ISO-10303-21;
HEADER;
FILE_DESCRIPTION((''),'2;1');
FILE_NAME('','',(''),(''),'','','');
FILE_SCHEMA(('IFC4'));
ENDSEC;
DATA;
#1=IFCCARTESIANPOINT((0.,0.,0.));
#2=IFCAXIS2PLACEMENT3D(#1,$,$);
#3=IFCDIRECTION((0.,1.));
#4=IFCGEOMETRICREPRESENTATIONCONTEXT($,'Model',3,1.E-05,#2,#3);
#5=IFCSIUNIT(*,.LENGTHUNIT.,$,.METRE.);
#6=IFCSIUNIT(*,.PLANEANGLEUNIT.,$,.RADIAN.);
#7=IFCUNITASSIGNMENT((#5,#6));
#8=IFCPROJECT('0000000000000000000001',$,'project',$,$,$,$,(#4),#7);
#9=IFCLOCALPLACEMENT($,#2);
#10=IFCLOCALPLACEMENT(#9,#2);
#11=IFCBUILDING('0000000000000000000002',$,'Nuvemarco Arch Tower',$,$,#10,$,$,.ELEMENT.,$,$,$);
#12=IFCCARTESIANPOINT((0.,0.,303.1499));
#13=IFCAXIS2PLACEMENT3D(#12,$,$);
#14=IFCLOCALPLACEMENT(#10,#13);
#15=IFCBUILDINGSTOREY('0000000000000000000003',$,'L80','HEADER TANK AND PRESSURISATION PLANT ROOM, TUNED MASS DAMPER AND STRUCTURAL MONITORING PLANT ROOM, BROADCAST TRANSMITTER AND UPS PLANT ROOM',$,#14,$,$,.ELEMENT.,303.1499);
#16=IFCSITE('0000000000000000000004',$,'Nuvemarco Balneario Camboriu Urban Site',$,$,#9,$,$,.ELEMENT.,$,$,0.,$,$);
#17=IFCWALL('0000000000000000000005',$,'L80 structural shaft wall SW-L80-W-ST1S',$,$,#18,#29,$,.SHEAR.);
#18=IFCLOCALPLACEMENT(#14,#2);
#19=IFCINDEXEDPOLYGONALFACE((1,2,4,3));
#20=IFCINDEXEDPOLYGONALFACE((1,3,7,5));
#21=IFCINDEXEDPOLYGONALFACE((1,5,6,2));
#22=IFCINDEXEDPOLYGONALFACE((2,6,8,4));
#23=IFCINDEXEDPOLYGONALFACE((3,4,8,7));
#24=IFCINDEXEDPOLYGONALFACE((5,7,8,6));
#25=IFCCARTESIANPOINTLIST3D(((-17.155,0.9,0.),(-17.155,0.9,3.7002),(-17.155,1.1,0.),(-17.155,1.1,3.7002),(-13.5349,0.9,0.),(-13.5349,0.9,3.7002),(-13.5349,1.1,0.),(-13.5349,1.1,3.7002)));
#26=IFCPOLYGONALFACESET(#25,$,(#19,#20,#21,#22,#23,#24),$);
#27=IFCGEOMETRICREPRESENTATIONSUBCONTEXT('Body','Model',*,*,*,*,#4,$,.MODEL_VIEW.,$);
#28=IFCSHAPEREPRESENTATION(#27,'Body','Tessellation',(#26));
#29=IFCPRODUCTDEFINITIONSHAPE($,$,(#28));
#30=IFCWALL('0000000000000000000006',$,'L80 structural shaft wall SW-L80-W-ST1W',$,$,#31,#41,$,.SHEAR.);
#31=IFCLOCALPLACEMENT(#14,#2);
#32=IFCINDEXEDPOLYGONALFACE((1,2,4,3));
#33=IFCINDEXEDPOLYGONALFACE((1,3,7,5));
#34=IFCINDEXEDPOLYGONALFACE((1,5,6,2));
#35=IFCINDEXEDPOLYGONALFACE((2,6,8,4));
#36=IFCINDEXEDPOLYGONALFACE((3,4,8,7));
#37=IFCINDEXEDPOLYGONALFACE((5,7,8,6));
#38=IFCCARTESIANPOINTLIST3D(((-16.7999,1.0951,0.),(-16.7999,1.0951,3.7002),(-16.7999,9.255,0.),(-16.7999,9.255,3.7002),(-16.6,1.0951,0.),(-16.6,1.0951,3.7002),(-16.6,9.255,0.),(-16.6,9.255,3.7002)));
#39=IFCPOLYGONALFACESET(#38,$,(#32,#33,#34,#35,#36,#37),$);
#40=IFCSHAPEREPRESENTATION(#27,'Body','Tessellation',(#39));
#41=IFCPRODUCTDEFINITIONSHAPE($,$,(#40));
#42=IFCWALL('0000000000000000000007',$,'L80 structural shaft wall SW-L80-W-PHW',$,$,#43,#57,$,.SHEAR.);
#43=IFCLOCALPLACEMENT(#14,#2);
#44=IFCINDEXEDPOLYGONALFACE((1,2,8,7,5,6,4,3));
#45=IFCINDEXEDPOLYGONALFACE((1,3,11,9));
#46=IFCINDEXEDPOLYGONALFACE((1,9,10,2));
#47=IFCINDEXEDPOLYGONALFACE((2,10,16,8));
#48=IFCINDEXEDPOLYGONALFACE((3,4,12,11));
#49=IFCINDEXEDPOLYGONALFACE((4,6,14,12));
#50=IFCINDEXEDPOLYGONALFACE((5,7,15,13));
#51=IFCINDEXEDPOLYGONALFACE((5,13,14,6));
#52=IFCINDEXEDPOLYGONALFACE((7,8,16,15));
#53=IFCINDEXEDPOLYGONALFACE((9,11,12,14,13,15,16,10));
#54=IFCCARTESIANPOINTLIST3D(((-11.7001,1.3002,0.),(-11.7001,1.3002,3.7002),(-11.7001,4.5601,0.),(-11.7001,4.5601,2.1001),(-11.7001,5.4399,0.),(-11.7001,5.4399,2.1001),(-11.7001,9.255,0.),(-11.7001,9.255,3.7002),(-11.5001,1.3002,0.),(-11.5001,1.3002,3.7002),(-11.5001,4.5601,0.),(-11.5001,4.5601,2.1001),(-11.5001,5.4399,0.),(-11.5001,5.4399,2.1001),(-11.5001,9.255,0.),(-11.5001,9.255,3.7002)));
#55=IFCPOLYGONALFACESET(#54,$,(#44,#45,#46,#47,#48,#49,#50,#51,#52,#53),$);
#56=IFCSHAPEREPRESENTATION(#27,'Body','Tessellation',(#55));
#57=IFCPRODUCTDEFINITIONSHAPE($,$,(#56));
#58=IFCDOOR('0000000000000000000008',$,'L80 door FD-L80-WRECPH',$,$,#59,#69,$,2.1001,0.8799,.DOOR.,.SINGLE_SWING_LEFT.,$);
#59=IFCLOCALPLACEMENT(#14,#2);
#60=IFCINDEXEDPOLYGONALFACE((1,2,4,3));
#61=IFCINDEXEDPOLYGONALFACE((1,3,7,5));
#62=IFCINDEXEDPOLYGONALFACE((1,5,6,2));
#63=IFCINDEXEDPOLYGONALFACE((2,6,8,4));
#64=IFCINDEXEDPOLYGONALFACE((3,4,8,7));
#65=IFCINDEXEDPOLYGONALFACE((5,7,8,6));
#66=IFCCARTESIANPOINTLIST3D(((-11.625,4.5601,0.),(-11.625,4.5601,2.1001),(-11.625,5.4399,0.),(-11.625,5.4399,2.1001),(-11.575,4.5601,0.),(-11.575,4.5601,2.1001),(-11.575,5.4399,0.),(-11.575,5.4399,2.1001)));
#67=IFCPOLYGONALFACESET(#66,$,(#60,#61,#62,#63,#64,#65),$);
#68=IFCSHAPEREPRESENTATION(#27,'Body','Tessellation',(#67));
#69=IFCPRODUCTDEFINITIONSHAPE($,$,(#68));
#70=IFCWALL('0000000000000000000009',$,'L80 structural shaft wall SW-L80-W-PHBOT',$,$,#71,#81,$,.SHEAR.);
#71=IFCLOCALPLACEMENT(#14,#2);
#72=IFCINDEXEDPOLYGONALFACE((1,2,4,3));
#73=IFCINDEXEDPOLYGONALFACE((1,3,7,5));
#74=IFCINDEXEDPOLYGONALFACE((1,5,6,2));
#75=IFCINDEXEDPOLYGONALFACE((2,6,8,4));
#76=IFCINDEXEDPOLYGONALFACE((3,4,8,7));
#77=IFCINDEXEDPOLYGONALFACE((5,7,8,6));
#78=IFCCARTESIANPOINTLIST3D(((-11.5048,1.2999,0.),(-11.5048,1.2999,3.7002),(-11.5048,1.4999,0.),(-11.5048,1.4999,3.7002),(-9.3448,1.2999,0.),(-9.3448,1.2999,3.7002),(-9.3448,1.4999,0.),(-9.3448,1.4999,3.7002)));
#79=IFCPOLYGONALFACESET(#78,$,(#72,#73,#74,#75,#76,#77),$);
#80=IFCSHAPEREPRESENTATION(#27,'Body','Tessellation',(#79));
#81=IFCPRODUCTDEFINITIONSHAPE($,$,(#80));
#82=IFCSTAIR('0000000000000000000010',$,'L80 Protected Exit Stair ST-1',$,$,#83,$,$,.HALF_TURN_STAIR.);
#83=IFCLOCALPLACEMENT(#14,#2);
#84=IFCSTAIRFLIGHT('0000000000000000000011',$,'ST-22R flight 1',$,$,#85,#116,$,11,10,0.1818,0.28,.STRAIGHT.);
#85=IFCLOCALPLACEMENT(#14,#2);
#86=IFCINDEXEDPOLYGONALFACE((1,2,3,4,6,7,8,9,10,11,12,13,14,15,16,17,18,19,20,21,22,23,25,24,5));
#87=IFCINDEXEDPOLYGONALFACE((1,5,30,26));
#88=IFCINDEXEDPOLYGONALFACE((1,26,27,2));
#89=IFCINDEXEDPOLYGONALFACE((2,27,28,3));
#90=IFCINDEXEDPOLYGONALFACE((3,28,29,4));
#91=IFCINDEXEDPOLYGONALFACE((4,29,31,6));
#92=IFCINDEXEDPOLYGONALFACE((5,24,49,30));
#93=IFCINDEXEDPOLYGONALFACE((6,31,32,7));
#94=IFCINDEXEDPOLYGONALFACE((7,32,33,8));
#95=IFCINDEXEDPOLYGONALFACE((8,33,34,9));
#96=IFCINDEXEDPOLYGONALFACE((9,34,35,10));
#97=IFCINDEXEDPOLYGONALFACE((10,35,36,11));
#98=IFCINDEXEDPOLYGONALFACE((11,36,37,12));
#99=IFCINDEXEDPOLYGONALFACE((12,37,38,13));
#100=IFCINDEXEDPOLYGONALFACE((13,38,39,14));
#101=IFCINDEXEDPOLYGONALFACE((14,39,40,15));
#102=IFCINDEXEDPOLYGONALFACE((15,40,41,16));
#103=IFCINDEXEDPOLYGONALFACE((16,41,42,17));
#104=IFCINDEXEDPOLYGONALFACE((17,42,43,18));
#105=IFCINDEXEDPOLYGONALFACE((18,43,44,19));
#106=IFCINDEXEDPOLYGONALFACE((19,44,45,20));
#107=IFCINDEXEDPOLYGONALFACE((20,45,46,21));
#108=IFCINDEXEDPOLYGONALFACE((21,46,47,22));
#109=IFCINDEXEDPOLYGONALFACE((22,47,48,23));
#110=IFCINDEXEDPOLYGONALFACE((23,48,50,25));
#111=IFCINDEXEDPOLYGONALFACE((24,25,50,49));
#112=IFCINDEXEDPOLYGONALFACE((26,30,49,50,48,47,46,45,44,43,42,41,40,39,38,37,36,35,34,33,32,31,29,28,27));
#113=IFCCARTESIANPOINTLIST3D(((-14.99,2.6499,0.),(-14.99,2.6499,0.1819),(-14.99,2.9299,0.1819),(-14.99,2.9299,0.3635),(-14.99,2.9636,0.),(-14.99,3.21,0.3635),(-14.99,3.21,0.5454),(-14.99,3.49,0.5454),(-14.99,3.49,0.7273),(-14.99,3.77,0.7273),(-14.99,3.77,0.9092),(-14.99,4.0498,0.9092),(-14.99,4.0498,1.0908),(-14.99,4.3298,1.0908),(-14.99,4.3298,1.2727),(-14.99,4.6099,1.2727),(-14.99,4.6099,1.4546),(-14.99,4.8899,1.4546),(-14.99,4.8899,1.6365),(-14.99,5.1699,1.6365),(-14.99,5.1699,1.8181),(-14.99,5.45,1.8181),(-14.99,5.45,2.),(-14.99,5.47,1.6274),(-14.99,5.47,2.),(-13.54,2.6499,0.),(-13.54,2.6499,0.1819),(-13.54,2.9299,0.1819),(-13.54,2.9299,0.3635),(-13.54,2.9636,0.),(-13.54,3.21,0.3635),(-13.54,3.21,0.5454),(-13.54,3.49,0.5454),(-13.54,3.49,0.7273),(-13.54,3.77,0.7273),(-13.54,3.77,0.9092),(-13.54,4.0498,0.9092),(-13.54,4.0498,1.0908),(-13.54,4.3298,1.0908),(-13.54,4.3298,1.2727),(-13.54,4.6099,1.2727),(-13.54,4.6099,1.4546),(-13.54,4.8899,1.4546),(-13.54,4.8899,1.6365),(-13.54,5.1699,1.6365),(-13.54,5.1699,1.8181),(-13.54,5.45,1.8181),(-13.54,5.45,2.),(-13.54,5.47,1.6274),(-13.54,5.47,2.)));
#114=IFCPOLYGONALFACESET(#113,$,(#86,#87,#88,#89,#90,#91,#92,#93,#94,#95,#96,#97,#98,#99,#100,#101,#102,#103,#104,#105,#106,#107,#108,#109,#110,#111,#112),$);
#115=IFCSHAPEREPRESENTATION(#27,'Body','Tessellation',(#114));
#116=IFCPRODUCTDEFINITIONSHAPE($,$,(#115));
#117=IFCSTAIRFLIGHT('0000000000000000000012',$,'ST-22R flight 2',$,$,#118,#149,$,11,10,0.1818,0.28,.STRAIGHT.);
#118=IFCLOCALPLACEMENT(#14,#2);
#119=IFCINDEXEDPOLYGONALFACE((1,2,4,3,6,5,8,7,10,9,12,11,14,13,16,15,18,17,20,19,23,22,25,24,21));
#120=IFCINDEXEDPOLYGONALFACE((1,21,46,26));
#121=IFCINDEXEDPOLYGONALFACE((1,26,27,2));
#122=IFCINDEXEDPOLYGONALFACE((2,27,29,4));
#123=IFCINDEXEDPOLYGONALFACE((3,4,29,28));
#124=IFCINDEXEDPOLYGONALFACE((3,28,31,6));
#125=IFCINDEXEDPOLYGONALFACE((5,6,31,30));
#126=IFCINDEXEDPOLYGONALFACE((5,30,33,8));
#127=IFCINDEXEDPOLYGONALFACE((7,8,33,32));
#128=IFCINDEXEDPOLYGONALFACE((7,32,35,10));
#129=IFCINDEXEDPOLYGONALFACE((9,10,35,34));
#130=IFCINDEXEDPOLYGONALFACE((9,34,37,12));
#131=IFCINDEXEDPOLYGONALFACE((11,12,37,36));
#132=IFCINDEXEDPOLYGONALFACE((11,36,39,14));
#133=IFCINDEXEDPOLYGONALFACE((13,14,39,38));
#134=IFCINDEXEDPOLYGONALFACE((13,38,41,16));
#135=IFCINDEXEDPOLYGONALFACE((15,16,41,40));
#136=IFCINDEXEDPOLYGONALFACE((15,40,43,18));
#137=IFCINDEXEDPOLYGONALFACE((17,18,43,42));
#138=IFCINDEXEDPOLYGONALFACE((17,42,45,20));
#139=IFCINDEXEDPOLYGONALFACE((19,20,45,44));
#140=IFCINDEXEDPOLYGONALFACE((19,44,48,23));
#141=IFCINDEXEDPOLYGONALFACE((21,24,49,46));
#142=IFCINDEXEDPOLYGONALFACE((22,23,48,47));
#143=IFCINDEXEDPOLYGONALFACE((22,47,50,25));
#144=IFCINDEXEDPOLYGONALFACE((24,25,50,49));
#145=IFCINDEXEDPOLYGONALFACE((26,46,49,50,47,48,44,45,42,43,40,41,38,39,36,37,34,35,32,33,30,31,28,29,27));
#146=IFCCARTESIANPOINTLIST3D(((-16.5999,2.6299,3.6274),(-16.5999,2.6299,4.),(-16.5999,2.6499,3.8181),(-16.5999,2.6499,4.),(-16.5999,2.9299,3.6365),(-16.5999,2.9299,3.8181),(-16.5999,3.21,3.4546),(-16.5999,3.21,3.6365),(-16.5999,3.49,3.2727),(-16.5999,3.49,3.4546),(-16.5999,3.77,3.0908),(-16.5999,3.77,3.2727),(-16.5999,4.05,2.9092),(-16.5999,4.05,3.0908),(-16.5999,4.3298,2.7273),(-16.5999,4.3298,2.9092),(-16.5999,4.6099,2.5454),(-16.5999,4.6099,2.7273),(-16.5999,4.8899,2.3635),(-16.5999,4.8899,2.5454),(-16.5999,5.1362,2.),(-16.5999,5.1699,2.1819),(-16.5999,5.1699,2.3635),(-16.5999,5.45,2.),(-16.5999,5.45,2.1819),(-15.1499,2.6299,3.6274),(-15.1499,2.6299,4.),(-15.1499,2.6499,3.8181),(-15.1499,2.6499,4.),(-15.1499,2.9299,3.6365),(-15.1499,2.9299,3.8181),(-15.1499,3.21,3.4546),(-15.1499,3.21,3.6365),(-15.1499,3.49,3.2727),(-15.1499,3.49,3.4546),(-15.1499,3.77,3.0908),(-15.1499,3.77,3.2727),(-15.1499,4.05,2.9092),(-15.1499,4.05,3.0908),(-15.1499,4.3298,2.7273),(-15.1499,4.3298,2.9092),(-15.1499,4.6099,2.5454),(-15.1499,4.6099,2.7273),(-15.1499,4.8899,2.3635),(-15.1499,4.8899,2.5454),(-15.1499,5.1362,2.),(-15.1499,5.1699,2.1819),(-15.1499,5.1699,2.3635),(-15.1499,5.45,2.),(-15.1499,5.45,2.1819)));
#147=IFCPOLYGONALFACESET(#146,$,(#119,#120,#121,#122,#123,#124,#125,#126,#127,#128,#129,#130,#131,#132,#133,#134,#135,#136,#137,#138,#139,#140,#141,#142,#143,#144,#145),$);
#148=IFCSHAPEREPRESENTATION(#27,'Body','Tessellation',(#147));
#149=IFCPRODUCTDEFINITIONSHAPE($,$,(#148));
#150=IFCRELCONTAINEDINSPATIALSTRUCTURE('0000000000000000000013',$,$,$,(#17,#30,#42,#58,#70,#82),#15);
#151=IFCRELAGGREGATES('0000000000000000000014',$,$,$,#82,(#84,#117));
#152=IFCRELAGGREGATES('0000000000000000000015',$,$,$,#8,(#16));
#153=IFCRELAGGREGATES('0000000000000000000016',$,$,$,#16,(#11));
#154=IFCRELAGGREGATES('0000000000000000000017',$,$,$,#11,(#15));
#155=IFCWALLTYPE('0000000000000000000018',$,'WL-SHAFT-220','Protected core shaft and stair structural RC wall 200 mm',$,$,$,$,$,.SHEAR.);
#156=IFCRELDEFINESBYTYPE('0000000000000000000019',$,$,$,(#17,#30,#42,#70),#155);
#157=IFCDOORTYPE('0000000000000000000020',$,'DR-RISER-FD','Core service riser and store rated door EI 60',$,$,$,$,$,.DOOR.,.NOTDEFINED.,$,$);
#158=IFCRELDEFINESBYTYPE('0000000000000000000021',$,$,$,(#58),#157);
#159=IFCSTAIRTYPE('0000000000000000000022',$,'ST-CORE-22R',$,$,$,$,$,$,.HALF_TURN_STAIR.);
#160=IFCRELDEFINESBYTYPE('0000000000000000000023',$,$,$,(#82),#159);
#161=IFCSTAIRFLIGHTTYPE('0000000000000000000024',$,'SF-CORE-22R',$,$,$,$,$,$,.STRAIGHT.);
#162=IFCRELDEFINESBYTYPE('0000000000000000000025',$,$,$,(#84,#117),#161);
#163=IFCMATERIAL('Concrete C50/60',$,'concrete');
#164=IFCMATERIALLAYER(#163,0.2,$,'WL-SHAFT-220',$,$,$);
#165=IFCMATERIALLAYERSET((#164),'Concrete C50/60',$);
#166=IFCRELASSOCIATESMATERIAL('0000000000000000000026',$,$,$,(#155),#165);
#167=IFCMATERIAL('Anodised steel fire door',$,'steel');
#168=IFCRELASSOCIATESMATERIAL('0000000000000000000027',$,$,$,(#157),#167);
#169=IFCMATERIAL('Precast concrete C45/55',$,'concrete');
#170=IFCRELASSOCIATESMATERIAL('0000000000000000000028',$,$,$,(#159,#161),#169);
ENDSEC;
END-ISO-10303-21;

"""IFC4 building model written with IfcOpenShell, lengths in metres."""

from ifc_helpers import new_model, si_unit, direction, frame, frame_2d, origin, place, context, subcontext, project, spatial, polyline, rectangle, outline, extrude, source, transform, mapped, material, layer, layer_set, type_object, type_shapes, element, fill, aggregate, save


model = new_model("IFC4")

# Units and contexts
model_context = context("Model", 3, precision=1e-05, world=origin(), true_north=direction((0.0, 1.0)))
body_context = subcontext(model_context, "Body", "Model", "MODEL_VIEW")
ifc_project = project(units=[si_unit("LENGTHUNIT", "METRE"), si_unit("PLANEANGLEUNIT", "RADIAN")], contexts=[model_context])

# Site, building, storey
site_placement = place(None, origin())
site = spatial("IfcSite", under=ifc_project, at=site_placement, Name="Nuvemarco Balneario Camboriu Urban Site", CompositionType="ELEMENT", RefElevation=0.0)
building_placement = place(site_placement, origin())
building = spatial("IfcBuilding", under=site, at=building_placement, Name="Nuvemarco Arch Tower", CompositionType="ELEMENT")
storey_placement = place(building_placement, frame((0.0, 0.0, 303.1499)))
storey = spatial("IfcBuildingStorey", under=building, at=storey_placement, Name="L80", Description="HEADER TANK AND PRESSURISATION PLANT ROOM, TUNED MASS DAMPER AND STRUCTURAL MONITORING PLANT ROOM, BROADCAST TRANSMITTER AND UPS PLANT ROOM", CompositionType="ELEMENT", Elevation=303.1499)

# Shared definitions
ifc_material_1 = material(Name="Concrete C50/60", Category="concrete")

# Shared definitions
ifc_material_2 = material(Name="Precast concrete C45/55", Category="concrete")

# Shared definitions
ifc_layer_1 = layer(ifc_material_1, 0.2, Name="WL-SHAFT-220")
ifc_layer_set_1 = layer_set([ifc_layer_1], Name="Concrete C50/60")
wall_type_1 = type_object("IfcWallType", Name="WL-SHAFT-220", Description="Protected core shaft and stair structural RC wall 200 mm", PredefinedType="SHEAR", material=ifc_layer_set_1)
ifc_material_3 = material(Name="Anodised steel fire door", Category="steel")

# Walls
wall_1_placement = place(storey_placement, frame((-17.155, 1.0, 0.0), z_axis=(0.0, 0.0, 1.0), x_axis=(1.0, 0.0, 0.0)))
element("IfcWall", 1, at=wall_1_placement, inside=storey, type_object=wall_type_1, Name="L80 structural shaft wall SW-L80-W-ST1S", PredefinedType="SHEAR", context=body_context, shape_type="SweptSolid", body=[
    extrude(rectangle(XDim=3.6201, YDim=0.2, at=frame_2d((1.8101, 0.0))), origin(), (0.0, 0.0, 1.0), 3.7002),
])
wall_2_placement = place(storey_placement, frame((-16.7, 1.095, 0.0), z_axis=(0.0, 0.0, 1.0), x_axis=(0.0, 1.0, 0.0)))
element("IfcWall", 2, at=wall_2_placement, inside=storey, type_object=wall_type_1, Name="L80 structural shaft wall SW-L80-W-ST1W", PredefinedType="SHEAR", context=body_context, shape_type="SweptSolid", body=[
    extrude(rectangle(XDim=8.1599, YDim=0.2, at=frame_2d((4.0801, 0.0))), origin(), (0.0, 0.0, 1.0), 3.7002),
])

# Wall, opening, door
wall_3_placement = place(storey_placement, frame((-11.6001, 1.3, 0.0), z_axis=(0.0, 0.0, 1.0), x_axis=(0.0, 1.0, 0.0)))
wall_3 = element("IfcWall", 3, at=wall_3_placement, inside=storey, type_object=wall_type_1, Name="L80 structural shaft wall SW-L80-W-PHW", PredefinedType="SHEAR", context=body_context, shape_type="SweptSolid", body=[
    extrude(rectangle(XDim=7.9548, YDim=0.2, at=frame_2d((3.9775, 0.0))), origin(), (0.0, 0.0, 1.0), 3.7002),
])
opening_1_placement = place(wall_3_placement, frame((3.26, 0.0, 0.0)))
opening_1 = element("IfcOpeningElement", 4, at=opening_1_placement, cuts=wall_3, PredefinedType="OPENING", context=body_context, shape_type="SweptSolid", body=[
    extrude(rectangle(XDim=0.8799, YDim=2.1001, at=frame_2d((0.4399, 1.05))), frame((0.0, 0.1099, 0.0), z_axis=(0.0, -1.0, 0.0), x_axis=(1.0, 0.0, 0.0)), (0.0, 0.0, 1.0), 0.22),
])
door_type_1 = type_object("IfcDoorType", Name="DR-RISER-FD", Description="Core service riser and store rated door EI 60", OperationType="NOTDEFINED", PredefinedType="DOOR", material=ifc_material_3)
shared_shape_1 = source(origin(), body_context, "Body", "SweptSolid", [
    extrude(rectangle(XDim=0.8799, YDim=2.1001, at=frame_2d((0.4399, 1.05))), frame((0.0, 0.0249, 0.0), z_axis=(0.0, -1.0, 0.0), x_axis=(1.0, 0.0, 0.0)), (0.0, 0.0, 1.0), 0.05),
])
type_shapes(door_type_1, [shared_shape_1])
door_1_placement = place(opening_1_placement, origin())
door_1 = element("IfcDoor", 5, at=door_1_placement, inside=storey, type_object=door_type_1, Name="L80 door FD-L80-WRECPH", OperationType="SINGLE_SWING_LEFT", OverallHeight=2.1001, OverallWidth=0.8799, PredefinedType="DOOR", context=body_context, shape_type="MappedRepresentation", body=[
    mapped(shared_shape_1, transform((0.0, 0.0, 0.0), scale=1.0)),
])
fill(opening_1, door_1)

# Wall
wall_4_placement = place(storey_placement, frame((-11.5049, 1.3999, 0.0), z_axis=(0.0, 0.0, 1.0), x_axis=(1.0, 0.0, 0.0)))
element("IfcWall", 6, at=wall_4_placement, inside=storey, type_object=wall_type_1, Name="L80 structural shaft wall SW-L80-W-PHBOT", PredefinedType="SHEAR", context=body_context, shape_type="SweptSolid", body=[
    extrude(rectangle(XDim=2.1599, YDim=0.2, at=frame_2d((1.0801, 0.0))), origin(), (0.0, 0.0, 1.0), 3.7002),
])

# Stair, stair flights
stair_type = type_object("IfcStairType", Name="ST-CORE-22R", PredefinedType="HALF_TURN_STAIR", material=ifc_material_2)
stair_placement = place(storey_placement, origin())
stair = element("IfcStair", 7, at=stair_placement, inside=storey, type_object=stair_type, Name="L80 Protected Exit Stair ST-1", PredefinedType="HALF_TURN_STAIR")
stair_flight_type = type_object("IfcStairFlightType", Name="SF-CORE-22R", PredefinedType="STRAIGHT", material=ifc_material_2)
stair_flight_1_placement = place(storey_placement, frame((-14.2649, 2.6499, 0.0), z_axis=(0.0, 0.0, 1.0), x_axis=(0.0, 1.0, 0.0)))
stair_flight_1 = element("IfcStairFlight", 8, at=stair_flight_1_placement, type_object=stair_flight_type, Name="ST-22R flight 1", NumberOfRisers=11, NumberOfTreads=10, PredefinedType="STRAIGHT", RiserHeight=0.1818, TreadLength=0.28, context=body_context, shape_type="SweptSolid", body=[
    extrude(outline(polyline([(0.0, 0.0), (0.0, 0.1819), (0.28, 0.1819), (0.28, 0.3635), (0.5601, 0.3635), (0.5601, 0.5454), (0.8401, 0.5454), (0.8401, 0.7273), (1.1201, 0.7273), (1.1201, 0.9092), (1.3999, 0.9092), (1.3999, 1.0908), (1.6799, 1.0908), (1.6799, 1.2727), (1.96, 1.2727), (1.96, 1.4546), (2.24, 1.4546), (2.24, 1.6365), (2.52, 1.6365), (2.52, 1.8181), (2.8, 1.8181), (2.8, 2.0), (2.8201, 2.0), (2.8201, 1.6274), (0.3137, 0.0), (0.0, 0.0)])), frame((0.0, 0.7251, 0.0), z_axis=(0.0, -1.0, 0.0), x_axis=(1.0, 0.0, 0.0)), (0.0, 0.0, 1.0), 1.45),
])
stair_flight_2_placement = place(storey_placement, frame((-15.875, 5.45, 2.0), z_axis=(0.0, 0.0, 1.0), x_axis=(0.0, -1.0, 0.0)))
stair_flight_2 = element("IfcStairFlight", 9, at=stair_flight_2_placement, type_object=stair_flight_type, Name="ST-22R flight 2", NumberOfRisers=11, NumberOfTreads=10, PredefinedType="STRAIGHT", RiserHeight=0.1818, TreadLength=0.28, context=body_context, shape_type="SweptSolid", body=[
    extrude(outline(polyline([(0.0, 0.0), (0.0, 0.1819), (0.28, 0.1819), (0.28, 0.3635), (0.5601, 0.3635), (0.5601, 0.5454), (0.8401, 0.5454), (0.8401, 0.7273), (1.1201, 0.7273), (1.1201, 0.9092), (1.3999, 0.9092), (1.3999, 1.0908), (1.6799, 1.0908), (1.6799, 1.2727), (1.96, 1.2727), (1.96, 1.4546), (2.24, 1.4546), (2.24, 1.6365), (2.52, 1.6365), (2.52, 1.8181), (2.8, 1.8181), (2.8, 2.0), (2.8201, 2.0), (2.8201, 1.6274), (0.3137, 0.0), (0.0, 0.0)])), frame((0.0, 0.7251, 0.0), z_axis=(0.0, -1.0, 0.0), x_axis=(1.0, 0.0, 0.0)), (0.0, 0.0, 1.0), 1.45),
])
aggregate(stair, [stair_flight_1, stair_flight_2])

save(model, "model.ifc")
